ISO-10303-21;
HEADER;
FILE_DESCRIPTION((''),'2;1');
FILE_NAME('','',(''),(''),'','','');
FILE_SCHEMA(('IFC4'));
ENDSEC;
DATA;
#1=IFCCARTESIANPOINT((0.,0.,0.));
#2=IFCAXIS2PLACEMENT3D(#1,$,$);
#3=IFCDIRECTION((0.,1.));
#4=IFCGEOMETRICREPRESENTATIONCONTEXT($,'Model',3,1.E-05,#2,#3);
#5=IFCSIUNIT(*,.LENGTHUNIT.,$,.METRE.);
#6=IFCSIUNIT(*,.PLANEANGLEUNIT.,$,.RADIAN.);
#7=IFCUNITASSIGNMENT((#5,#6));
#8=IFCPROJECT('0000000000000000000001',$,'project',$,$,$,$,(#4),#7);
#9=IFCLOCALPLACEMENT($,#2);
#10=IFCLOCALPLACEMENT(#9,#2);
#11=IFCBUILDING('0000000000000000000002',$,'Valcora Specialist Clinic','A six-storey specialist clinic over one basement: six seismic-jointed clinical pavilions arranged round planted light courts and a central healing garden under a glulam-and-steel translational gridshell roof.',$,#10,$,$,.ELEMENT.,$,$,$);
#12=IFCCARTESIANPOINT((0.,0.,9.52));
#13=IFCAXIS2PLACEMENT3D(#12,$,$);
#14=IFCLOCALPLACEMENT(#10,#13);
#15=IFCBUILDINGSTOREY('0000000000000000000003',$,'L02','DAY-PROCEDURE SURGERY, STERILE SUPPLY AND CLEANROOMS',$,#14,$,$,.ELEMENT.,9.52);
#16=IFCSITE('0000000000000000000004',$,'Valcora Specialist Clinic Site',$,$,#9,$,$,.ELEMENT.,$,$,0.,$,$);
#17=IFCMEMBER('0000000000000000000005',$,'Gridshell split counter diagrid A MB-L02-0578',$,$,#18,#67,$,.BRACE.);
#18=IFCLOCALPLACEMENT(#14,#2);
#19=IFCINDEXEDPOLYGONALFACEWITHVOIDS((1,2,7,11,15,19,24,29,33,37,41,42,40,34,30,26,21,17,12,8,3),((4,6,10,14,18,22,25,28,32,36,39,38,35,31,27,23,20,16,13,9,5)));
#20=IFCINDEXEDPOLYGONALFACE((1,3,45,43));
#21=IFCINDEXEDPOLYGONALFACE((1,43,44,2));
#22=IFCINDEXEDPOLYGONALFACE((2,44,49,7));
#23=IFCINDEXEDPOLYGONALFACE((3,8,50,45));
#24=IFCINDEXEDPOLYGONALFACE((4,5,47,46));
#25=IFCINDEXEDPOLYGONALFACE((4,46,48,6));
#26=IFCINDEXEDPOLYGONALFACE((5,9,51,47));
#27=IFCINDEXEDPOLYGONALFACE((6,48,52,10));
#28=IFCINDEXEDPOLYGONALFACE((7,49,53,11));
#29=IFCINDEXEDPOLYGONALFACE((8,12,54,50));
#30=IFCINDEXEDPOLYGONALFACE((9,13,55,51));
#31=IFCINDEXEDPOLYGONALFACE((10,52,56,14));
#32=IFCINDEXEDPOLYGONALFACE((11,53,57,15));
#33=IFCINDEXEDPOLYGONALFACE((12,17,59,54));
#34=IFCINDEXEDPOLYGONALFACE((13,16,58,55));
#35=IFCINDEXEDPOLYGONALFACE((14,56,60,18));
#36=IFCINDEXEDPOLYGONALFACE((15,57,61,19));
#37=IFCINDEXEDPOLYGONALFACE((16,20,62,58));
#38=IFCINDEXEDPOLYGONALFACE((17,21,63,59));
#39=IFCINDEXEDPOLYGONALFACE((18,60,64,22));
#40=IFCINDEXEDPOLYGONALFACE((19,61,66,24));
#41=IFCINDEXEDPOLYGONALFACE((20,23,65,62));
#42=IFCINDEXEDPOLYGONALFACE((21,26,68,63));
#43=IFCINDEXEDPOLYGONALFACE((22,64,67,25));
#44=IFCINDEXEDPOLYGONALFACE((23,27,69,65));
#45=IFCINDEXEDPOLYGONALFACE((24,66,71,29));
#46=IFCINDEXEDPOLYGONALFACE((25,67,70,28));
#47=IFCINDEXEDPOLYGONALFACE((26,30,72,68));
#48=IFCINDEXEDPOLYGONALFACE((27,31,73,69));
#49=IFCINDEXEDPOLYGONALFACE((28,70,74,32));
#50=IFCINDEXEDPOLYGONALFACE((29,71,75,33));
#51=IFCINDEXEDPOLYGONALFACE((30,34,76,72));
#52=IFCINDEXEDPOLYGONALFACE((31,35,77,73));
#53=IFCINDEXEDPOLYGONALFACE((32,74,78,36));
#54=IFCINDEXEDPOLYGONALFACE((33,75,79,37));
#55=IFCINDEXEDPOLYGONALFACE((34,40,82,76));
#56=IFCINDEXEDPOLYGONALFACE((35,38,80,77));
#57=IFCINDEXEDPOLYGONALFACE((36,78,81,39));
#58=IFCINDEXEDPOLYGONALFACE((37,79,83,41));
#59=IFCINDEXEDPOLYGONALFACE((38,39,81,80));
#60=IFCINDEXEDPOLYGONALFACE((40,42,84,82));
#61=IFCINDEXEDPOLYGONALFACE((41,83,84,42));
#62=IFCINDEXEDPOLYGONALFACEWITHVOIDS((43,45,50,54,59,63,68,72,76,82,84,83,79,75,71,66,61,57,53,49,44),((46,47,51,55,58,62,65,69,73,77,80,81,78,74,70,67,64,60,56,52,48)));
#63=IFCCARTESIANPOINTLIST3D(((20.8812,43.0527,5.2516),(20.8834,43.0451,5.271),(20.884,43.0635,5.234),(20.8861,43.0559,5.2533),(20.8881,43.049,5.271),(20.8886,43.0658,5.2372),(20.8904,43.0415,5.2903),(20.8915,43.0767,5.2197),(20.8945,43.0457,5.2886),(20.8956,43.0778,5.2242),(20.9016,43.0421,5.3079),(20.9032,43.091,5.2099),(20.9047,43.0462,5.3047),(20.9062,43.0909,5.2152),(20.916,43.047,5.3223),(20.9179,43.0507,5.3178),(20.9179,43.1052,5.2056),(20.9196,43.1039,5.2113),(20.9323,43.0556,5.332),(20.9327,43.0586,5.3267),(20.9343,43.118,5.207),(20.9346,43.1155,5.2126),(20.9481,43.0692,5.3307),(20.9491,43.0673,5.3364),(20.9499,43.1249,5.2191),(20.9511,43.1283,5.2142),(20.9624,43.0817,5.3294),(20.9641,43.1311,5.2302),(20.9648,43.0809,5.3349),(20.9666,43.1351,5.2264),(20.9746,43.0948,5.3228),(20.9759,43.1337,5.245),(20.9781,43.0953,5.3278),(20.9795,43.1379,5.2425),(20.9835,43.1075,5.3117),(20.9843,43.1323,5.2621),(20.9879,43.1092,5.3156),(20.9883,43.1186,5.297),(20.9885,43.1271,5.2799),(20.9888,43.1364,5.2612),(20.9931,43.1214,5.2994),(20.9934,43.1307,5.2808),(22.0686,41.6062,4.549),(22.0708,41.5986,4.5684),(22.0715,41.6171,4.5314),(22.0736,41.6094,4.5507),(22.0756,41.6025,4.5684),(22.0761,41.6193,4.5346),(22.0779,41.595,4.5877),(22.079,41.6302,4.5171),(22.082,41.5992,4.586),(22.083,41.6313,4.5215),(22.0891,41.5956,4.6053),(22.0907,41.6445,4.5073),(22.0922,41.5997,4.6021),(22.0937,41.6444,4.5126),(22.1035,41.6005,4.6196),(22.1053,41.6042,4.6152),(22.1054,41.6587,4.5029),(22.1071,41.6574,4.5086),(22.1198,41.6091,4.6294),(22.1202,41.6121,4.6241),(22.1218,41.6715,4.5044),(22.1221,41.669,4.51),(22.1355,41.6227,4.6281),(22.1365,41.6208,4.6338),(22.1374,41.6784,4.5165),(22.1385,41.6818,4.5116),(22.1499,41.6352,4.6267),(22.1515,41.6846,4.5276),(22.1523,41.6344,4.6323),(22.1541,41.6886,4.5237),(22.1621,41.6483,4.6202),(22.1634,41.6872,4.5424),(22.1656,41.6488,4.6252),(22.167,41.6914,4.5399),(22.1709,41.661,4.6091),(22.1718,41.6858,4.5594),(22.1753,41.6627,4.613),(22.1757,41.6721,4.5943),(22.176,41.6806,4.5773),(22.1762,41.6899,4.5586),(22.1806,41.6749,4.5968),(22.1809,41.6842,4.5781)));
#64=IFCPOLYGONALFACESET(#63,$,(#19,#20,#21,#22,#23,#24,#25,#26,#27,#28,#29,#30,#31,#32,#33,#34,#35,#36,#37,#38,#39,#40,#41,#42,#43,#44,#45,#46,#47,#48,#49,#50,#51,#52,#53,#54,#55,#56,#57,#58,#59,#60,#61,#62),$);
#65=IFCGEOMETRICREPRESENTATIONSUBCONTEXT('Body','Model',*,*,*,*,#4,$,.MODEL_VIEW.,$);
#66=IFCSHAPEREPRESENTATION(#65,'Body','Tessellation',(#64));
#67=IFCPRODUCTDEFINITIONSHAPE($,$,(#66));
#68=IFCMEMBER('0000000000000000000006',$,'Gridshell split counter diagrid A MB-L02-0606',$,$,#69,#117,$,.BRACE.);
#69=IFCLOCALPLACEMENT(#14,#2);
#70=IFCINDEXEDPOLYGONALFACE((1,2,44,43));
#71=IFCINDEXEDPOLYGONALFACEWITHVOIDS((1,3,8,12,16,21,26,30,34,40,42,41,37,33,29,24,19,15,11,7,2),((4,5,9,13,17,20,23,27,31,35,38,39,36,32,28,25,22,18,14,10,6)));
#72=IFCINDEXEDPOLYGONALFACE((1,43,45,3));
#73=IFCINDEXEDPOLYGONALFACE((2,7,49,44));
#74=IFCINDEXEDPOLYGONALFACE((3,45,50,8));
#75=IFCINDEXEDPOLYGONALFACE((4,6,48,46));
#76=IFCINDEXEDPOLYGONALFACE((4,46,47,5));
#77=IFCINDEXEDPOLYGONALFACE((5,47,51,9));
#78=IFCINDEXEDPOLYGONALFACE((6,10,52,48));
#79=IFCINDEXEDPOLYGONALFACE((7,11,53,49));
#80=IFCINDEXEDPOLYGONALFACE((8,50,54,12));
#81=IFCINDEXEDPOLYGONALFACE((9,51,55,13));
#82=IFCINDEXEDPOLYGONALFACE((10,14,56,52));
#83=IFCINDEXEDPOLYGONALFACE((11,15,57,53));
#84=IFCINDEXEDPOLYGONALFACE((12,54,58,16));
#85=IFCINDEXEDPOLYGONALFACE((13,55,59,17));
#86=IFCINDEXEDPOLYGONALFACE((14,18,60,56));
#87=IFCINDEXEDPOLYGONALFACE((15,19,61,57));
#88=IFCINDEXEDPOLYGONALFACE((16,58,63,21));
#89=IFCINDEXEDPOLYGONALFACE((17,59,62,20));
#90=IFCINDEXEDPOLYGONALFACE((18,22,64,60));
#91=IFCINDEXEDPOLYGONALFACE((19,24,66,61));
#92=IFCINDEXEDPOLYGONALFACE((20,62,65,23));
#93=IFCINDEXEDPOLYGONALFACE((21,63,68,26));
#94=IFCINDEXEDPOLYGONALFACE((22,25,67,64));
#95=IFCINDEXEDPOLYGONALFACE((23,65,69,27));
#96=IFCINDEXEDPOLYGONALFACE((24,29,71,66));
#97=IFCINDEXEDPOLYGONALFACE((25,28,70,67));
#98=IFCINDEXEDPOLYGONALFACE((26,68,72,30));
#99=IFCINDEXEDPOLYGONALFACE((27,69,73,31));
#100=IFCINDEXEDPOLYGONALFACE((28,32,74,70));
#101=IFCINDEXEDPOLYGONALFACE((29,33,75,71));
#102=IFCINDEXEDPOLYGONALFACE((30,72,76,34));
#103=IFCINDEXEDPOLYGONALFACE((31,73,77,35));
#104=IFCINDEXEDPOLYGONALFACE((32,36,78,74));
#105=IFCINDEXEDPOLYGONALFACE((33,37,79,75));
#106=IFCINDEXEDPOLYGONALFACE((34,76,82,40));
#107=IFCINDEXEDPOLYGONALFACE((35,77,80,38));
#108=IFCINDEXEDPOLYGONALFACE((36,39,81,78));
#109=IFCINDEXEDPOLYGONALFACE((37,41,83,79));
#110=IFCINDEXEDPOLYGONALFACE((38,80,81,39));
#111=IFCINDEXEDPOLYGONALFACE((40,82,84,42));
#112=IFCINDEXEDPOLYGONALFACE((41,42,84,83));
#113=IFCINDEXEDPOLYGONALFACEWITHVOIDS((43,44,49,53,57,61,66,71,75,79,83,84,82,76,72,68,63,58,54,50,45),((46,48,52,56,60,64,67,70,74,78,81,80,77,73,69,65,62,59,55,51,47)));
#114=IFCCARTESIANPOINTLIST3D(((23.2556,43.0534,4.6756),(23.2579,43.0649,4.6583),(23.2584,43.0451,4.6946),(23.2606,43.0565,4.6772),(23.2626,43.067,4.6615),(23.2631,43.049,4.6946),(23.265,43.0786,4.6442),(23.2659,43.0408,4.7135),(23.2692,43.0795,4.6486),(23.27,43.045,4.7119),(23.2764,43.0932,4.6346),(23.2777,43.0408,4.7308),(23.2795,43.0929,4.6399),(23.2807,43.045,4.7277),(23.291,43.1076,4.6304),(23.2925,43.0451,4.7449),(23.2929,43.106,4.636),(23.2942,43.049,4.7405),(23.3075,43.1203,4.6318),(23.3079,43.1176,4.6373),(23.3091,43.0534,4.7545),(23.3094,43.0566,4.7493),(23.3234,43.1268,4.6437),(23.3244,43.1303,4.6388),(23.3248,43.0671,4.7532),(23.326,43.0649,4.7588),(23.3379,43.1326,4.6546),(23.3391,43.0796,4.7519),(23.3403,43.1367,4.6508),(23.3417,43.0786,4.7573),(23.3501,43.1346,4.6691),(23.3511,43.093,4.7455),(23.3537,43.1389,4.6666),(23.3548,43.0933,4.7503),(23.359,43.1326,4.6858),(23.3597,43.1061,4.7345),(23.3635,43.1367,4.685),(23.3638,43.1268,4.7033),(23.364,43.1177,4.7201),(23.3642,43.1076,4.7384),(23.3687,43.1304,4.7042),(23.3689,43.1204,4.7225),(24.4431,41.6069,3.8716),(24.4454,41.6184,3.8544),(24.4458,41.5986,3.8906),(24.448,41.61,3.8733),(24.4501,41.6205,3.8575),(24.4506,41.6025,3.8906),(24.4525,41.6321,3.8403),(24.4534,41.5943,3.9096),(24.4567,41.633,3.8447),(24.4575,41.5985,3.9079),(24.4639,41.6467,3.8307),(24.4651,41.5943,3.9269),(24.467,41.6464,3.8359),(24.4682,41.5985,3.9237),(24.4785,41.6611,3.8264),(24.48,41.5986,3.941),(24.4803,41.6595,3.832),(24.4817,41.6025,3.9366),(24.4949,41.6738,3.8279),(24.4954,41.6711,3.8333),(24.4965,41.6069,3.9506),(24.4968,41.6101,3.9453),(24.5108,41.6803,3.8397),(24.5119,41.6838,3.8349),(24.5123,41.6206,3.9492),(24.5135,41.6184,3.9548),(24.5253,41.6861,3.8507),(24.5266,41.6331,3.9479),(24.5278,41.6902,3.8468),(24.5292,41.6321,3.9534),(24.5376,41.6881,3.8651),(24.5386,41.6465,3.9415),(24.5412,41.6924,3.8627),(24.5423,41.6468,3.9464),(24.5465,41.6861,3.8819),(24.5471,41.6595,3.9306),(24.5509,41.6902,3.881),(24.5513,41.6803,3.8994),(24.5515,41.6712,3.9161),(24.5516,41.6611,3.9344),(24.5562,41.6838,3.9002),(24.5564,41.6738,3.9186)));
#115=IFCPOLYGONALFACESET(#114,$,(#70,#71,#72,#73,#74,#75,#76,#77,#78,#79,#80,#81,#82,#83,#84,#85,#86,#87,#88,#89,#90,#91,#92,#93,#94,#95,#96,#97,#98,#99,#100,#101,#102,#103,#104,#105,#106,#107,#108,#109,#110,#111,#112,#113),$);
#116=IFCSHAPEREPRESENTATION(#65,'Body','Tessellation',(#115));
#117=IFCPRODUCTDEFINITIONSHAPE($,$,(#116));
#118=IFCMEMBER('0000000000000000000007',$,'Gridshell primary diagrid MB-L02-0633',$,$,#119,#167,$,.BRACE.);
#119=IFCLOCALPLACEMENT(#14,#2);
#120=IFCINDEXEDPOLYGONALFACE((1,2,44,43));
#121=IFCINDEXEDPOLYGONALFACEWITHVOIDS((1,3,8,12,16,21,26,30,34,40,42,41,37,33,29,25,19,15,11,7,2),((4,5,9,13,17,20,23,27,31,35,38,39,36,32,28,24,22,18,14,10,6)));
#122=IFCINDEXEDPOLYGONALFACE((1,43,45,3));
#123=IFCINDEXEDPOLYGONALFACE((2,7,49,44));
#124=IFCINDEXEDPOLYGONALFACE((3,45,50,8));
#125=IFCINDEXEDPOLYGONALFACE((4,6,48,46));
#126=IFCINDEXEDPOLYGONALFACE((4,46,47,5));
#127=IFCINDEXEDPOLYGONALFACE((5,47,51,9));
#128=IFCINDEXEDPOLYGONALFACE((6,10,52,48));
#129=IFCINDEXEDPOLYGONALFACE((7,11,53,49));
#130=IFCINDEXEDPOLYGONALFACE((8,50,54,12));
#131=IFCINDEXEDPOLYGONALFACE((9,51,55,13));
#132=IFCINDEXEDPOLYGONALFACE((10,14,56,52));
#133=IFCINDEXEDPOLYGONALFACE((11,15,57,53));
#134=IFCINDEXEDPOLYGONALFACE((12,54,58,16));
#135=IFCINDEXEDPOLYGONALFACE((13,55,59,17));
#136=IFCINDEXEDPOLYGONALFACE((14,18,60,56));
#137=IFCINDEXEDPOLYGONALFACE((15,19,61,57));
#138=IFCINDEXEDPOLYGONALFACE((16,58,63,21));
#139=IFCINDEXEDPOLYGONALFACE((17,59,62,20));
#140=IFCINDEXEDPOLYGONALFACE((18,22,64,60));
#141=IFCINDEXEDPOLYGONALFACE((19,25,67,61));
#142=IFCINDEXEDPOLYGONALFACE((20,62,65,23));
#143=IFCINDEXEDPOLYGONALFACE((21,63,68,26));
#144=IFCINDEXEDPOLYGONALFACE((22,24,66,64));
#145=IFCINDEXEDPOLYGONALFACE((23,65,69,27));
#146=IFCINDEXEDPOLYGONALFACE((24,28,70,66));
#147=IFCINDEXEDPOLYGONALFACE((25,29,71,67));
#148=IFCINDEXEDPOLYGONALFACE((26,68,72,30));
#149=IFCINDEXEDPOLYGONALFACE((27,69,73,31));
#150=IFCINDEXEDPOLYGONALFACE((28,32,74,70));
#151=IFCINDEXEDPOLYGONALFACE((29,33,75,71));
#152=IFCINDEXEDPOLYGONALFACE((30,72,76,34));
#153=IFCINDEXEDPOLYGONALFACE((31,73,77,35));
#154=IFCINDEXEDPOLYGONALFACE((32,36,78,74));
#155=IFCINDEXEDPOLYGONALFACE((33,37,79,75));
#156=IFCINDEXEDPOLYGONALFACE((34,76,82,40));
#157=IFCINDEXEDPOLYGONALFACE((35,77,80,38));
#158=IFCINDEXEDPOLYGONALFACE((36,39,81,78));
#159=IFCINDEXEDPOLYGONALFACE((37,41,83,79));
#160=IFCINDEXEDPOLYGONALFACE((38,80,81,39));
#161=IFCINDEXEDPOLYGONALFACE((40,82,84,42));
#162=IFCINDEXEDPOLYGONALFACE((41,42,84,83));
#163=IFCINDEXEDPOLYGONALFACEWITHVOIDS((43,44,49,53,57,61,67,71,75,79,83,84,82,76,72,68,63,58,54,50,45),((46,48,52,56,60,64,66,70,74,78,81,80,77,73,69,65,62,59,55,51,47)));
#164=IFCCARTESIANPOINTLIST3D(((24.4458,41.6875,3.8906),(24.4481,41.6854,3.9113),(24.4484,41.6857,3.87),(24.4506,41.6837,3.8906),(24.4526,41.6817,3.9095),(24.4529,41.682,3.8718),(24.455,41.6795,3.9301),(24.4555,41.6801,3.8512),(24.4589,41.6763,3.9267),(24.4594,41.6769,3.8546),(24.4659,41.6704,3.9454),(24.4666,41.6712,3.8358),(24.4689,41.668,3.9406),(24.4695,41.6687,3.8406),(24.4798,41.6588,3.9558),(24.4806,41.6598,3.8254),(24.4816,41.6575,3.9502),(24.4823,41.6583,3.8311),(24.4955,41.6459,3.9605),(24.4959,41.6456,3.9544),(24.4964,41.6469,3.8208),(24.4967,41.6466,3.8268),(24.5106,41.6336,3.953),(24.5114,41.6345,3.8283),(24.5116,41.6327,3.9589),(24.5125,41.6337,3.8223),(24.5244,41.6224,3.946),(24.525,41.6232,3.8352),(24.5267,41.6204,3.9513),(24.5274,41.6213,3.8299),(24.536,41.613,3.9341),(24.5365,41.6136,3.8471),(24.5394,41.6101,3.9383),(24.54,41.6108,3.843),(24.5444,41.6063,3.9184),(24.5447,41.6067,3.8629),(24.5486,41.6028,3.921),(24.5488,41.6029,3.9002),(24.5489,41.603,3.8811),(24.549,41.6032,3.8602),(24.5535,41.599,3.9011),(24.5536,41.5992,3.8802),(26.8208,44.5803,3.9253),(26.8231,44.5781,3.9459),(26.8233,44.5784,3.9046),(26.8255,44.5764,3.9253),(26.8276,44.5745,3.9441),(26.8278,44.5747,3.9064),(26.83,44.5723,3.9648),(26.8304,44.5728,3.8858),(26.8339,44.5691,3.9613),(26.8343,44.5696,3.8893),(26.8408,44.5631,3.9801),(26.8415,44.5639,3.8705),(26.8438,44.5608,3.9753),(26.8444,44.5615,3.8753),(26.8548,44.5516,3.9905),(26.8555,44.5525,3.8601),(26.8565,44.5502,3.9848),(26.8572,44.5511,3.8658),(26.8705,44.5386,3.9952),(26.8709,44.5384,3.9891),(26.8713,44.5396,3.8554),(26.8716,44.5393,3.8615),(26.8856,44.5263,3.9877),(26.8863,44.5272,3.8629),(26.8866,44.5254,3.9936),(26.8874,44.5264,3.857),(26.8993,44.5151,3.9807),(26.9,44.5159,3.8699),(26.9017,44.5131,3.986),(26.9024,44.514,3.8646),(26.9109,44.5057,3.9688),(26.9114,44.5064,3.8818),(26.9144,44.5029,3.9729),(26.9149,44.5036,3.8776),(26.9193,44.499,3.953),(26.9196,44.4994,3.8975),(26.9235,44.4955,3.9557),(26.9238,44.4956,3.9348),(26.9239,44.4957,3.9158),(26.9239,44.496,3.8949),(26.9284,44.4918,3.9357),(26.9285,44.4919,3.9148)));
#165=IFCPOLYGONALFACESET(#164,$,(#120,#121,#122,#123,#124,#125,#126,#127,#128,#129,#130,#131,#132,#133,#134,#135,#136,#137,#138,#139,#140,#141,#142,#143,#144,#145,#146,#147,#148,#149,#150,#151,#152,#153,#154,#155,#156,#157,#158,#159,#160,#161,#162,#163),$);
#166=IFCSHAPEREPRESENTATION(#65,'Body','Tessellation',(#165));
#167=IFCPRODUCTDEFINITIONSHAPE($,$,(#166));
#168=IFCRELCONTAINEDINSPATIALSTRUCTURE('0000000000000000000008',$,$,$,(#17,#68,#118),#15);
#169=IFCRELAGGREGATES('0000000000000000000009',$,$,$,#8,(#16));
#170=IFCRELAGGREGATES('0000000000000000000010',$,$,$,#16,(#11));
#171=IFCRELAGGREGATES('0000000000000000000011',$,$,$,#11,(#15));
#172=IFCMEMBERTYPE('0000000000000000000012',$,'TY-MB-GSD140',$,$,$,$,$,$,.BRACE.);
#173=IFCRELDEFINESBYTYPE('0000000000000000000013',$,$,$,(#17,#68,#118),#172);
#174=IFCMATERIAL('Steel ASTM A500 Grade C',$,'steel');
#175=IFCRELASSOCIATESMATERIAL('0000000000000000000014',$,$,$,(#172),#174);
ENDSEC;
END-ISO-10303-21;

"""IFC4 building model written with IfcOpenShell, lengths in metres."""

from ifc_helpers import new_model, si_unit, direction, frame, origin, origin_2d, place, context, subcontext, project, spatial, hollow_circle, extrude, material, material_profile, profile_set, type_object, element, save


model = new_model("IFC4")

# Units and contexts
model_context = context("Model", 3, precision=1e-05, world=origin(), true_north=direction((0.0, 1.0)))
body_context = subcontext(model_context, "Body", "Model", "MODEL_VIEW")
ifc_project = project(units=[si_unit("LENGTHUNIT", "METRE"), si_unit("PLANEANGLEUNIT", "RADIAN")], contexts=[model_context])

# Site, building, storey
site_placement = place(None, origin())
site = spatial("IfcSite", under=ifc_project, at=site_placement, Name="Valcora Specialist Clinic Site", CompositionType="ELEMENT", RefElevation=0.0)
building_placement = place(site_placement, origin())
building = spatial("IfcBuilding", under=site, at=building_placement, Name="Valcora Specialist Clinic", Description="A six-storey specialist clinic over one basement: six seismic-jointed clinical pavilions arranged round planted light courts and a central healing garden under a glulam-and-steel translational gridshell roof.", CompositionType="ELEMENT")
storey_placement = place(building_placement, frame((0.0, 0.0, 9.52)))
storey = spatial("IfcBuildingStorey", under=building, at=storey_placement, Name="L02", Description="DAY-PROCEDURE SURGERY, STERILE SUPPLY AND CLEANROOMS", CompositionType="ELEMENT", Elevation=9.52)

# Members
ifc_material_1 = material(Name="Steel ASTM A500 Grade C", Category="steel")
ifc_material_profile_1 = material_profile(ifc_material_1, hollow_circle(Radius=0.0701, WallThickness=0.0061, at=origin_2d()), Name="ST-CHS-140X6")
ifc_profile_set_1 = profile_set([ifc_material_profile_1], Name="Steel ASTM A500 Grade C")
member_type_1 = type_object("IfcMemberType", Name="TY-MB-GSD140", PredefinedType="BRACE", material=ifc_profile_set_1)
member_1_placement = place(storey_placement, frame((22.125, 41.6431, 4.5684), z_axis=(-0.594024, 0.7236, 0.35148), x_axis=(-0.772916, -0.634508, 0.0)))
element("IfcMember", 1, at=member_1_placement, inside=storey, type_object=member_type_1, Name="Gridshell split counter diagrid A MB-L02-0578", PredefinedType="BRACE", context=body_context, shape_type="SweptSolid", body=[
    extrude(hollow_circle(Radius=0.0701, WallThickness=0.0061, at=origin_2d()), origin(), (0.0, 0.0, 1.0), 1.999),
])
member_2_placement = place(storey_placement, frame((24.5, 41.6431, 3.8906), z_axis=(-0.582994, 0.710164, 0.394696), x_axis=(-0.772916, -0.634508, 0.0)))
element("IfcMember", 2, at=member_2_placement, inside=storey, type_object=member_type_1, Name="Gridshell split counter diagrid A MB-L02-0606", PredefinedType="BRACE", context=body_context, shape_type="SweptSolid", body=[
    extrude(hollow_circle(Radius=0.0701, WallThickness=0.0061, at=origin_2d()), origin(), (0.0, 0.0, 1.0), 2.0369),
])
member_3_placement = place(storey_placement, frame((24.5, 41.6431, 3.8906), z_axis=(0.634513, 0.772856, 0.009262), x_axis=(-0.77289, 0.63454, 0.0)))
element("IfcMember", 3, at=member_3_placement, inside=storey, type_object=member_type_1, Name="Gridshell primary diagrid MB-L02-0633", PredefinedType="BRACE", context=body_context, shape_type="SweptSolid", body=[
    extrude(hollow_circle(Radius=0.0701, WallThickness=0.0061, at=origin_2d()), origin(), (0.0, 0.0, 1.0), 3.7429),
])

save(model, "model.ifc")
